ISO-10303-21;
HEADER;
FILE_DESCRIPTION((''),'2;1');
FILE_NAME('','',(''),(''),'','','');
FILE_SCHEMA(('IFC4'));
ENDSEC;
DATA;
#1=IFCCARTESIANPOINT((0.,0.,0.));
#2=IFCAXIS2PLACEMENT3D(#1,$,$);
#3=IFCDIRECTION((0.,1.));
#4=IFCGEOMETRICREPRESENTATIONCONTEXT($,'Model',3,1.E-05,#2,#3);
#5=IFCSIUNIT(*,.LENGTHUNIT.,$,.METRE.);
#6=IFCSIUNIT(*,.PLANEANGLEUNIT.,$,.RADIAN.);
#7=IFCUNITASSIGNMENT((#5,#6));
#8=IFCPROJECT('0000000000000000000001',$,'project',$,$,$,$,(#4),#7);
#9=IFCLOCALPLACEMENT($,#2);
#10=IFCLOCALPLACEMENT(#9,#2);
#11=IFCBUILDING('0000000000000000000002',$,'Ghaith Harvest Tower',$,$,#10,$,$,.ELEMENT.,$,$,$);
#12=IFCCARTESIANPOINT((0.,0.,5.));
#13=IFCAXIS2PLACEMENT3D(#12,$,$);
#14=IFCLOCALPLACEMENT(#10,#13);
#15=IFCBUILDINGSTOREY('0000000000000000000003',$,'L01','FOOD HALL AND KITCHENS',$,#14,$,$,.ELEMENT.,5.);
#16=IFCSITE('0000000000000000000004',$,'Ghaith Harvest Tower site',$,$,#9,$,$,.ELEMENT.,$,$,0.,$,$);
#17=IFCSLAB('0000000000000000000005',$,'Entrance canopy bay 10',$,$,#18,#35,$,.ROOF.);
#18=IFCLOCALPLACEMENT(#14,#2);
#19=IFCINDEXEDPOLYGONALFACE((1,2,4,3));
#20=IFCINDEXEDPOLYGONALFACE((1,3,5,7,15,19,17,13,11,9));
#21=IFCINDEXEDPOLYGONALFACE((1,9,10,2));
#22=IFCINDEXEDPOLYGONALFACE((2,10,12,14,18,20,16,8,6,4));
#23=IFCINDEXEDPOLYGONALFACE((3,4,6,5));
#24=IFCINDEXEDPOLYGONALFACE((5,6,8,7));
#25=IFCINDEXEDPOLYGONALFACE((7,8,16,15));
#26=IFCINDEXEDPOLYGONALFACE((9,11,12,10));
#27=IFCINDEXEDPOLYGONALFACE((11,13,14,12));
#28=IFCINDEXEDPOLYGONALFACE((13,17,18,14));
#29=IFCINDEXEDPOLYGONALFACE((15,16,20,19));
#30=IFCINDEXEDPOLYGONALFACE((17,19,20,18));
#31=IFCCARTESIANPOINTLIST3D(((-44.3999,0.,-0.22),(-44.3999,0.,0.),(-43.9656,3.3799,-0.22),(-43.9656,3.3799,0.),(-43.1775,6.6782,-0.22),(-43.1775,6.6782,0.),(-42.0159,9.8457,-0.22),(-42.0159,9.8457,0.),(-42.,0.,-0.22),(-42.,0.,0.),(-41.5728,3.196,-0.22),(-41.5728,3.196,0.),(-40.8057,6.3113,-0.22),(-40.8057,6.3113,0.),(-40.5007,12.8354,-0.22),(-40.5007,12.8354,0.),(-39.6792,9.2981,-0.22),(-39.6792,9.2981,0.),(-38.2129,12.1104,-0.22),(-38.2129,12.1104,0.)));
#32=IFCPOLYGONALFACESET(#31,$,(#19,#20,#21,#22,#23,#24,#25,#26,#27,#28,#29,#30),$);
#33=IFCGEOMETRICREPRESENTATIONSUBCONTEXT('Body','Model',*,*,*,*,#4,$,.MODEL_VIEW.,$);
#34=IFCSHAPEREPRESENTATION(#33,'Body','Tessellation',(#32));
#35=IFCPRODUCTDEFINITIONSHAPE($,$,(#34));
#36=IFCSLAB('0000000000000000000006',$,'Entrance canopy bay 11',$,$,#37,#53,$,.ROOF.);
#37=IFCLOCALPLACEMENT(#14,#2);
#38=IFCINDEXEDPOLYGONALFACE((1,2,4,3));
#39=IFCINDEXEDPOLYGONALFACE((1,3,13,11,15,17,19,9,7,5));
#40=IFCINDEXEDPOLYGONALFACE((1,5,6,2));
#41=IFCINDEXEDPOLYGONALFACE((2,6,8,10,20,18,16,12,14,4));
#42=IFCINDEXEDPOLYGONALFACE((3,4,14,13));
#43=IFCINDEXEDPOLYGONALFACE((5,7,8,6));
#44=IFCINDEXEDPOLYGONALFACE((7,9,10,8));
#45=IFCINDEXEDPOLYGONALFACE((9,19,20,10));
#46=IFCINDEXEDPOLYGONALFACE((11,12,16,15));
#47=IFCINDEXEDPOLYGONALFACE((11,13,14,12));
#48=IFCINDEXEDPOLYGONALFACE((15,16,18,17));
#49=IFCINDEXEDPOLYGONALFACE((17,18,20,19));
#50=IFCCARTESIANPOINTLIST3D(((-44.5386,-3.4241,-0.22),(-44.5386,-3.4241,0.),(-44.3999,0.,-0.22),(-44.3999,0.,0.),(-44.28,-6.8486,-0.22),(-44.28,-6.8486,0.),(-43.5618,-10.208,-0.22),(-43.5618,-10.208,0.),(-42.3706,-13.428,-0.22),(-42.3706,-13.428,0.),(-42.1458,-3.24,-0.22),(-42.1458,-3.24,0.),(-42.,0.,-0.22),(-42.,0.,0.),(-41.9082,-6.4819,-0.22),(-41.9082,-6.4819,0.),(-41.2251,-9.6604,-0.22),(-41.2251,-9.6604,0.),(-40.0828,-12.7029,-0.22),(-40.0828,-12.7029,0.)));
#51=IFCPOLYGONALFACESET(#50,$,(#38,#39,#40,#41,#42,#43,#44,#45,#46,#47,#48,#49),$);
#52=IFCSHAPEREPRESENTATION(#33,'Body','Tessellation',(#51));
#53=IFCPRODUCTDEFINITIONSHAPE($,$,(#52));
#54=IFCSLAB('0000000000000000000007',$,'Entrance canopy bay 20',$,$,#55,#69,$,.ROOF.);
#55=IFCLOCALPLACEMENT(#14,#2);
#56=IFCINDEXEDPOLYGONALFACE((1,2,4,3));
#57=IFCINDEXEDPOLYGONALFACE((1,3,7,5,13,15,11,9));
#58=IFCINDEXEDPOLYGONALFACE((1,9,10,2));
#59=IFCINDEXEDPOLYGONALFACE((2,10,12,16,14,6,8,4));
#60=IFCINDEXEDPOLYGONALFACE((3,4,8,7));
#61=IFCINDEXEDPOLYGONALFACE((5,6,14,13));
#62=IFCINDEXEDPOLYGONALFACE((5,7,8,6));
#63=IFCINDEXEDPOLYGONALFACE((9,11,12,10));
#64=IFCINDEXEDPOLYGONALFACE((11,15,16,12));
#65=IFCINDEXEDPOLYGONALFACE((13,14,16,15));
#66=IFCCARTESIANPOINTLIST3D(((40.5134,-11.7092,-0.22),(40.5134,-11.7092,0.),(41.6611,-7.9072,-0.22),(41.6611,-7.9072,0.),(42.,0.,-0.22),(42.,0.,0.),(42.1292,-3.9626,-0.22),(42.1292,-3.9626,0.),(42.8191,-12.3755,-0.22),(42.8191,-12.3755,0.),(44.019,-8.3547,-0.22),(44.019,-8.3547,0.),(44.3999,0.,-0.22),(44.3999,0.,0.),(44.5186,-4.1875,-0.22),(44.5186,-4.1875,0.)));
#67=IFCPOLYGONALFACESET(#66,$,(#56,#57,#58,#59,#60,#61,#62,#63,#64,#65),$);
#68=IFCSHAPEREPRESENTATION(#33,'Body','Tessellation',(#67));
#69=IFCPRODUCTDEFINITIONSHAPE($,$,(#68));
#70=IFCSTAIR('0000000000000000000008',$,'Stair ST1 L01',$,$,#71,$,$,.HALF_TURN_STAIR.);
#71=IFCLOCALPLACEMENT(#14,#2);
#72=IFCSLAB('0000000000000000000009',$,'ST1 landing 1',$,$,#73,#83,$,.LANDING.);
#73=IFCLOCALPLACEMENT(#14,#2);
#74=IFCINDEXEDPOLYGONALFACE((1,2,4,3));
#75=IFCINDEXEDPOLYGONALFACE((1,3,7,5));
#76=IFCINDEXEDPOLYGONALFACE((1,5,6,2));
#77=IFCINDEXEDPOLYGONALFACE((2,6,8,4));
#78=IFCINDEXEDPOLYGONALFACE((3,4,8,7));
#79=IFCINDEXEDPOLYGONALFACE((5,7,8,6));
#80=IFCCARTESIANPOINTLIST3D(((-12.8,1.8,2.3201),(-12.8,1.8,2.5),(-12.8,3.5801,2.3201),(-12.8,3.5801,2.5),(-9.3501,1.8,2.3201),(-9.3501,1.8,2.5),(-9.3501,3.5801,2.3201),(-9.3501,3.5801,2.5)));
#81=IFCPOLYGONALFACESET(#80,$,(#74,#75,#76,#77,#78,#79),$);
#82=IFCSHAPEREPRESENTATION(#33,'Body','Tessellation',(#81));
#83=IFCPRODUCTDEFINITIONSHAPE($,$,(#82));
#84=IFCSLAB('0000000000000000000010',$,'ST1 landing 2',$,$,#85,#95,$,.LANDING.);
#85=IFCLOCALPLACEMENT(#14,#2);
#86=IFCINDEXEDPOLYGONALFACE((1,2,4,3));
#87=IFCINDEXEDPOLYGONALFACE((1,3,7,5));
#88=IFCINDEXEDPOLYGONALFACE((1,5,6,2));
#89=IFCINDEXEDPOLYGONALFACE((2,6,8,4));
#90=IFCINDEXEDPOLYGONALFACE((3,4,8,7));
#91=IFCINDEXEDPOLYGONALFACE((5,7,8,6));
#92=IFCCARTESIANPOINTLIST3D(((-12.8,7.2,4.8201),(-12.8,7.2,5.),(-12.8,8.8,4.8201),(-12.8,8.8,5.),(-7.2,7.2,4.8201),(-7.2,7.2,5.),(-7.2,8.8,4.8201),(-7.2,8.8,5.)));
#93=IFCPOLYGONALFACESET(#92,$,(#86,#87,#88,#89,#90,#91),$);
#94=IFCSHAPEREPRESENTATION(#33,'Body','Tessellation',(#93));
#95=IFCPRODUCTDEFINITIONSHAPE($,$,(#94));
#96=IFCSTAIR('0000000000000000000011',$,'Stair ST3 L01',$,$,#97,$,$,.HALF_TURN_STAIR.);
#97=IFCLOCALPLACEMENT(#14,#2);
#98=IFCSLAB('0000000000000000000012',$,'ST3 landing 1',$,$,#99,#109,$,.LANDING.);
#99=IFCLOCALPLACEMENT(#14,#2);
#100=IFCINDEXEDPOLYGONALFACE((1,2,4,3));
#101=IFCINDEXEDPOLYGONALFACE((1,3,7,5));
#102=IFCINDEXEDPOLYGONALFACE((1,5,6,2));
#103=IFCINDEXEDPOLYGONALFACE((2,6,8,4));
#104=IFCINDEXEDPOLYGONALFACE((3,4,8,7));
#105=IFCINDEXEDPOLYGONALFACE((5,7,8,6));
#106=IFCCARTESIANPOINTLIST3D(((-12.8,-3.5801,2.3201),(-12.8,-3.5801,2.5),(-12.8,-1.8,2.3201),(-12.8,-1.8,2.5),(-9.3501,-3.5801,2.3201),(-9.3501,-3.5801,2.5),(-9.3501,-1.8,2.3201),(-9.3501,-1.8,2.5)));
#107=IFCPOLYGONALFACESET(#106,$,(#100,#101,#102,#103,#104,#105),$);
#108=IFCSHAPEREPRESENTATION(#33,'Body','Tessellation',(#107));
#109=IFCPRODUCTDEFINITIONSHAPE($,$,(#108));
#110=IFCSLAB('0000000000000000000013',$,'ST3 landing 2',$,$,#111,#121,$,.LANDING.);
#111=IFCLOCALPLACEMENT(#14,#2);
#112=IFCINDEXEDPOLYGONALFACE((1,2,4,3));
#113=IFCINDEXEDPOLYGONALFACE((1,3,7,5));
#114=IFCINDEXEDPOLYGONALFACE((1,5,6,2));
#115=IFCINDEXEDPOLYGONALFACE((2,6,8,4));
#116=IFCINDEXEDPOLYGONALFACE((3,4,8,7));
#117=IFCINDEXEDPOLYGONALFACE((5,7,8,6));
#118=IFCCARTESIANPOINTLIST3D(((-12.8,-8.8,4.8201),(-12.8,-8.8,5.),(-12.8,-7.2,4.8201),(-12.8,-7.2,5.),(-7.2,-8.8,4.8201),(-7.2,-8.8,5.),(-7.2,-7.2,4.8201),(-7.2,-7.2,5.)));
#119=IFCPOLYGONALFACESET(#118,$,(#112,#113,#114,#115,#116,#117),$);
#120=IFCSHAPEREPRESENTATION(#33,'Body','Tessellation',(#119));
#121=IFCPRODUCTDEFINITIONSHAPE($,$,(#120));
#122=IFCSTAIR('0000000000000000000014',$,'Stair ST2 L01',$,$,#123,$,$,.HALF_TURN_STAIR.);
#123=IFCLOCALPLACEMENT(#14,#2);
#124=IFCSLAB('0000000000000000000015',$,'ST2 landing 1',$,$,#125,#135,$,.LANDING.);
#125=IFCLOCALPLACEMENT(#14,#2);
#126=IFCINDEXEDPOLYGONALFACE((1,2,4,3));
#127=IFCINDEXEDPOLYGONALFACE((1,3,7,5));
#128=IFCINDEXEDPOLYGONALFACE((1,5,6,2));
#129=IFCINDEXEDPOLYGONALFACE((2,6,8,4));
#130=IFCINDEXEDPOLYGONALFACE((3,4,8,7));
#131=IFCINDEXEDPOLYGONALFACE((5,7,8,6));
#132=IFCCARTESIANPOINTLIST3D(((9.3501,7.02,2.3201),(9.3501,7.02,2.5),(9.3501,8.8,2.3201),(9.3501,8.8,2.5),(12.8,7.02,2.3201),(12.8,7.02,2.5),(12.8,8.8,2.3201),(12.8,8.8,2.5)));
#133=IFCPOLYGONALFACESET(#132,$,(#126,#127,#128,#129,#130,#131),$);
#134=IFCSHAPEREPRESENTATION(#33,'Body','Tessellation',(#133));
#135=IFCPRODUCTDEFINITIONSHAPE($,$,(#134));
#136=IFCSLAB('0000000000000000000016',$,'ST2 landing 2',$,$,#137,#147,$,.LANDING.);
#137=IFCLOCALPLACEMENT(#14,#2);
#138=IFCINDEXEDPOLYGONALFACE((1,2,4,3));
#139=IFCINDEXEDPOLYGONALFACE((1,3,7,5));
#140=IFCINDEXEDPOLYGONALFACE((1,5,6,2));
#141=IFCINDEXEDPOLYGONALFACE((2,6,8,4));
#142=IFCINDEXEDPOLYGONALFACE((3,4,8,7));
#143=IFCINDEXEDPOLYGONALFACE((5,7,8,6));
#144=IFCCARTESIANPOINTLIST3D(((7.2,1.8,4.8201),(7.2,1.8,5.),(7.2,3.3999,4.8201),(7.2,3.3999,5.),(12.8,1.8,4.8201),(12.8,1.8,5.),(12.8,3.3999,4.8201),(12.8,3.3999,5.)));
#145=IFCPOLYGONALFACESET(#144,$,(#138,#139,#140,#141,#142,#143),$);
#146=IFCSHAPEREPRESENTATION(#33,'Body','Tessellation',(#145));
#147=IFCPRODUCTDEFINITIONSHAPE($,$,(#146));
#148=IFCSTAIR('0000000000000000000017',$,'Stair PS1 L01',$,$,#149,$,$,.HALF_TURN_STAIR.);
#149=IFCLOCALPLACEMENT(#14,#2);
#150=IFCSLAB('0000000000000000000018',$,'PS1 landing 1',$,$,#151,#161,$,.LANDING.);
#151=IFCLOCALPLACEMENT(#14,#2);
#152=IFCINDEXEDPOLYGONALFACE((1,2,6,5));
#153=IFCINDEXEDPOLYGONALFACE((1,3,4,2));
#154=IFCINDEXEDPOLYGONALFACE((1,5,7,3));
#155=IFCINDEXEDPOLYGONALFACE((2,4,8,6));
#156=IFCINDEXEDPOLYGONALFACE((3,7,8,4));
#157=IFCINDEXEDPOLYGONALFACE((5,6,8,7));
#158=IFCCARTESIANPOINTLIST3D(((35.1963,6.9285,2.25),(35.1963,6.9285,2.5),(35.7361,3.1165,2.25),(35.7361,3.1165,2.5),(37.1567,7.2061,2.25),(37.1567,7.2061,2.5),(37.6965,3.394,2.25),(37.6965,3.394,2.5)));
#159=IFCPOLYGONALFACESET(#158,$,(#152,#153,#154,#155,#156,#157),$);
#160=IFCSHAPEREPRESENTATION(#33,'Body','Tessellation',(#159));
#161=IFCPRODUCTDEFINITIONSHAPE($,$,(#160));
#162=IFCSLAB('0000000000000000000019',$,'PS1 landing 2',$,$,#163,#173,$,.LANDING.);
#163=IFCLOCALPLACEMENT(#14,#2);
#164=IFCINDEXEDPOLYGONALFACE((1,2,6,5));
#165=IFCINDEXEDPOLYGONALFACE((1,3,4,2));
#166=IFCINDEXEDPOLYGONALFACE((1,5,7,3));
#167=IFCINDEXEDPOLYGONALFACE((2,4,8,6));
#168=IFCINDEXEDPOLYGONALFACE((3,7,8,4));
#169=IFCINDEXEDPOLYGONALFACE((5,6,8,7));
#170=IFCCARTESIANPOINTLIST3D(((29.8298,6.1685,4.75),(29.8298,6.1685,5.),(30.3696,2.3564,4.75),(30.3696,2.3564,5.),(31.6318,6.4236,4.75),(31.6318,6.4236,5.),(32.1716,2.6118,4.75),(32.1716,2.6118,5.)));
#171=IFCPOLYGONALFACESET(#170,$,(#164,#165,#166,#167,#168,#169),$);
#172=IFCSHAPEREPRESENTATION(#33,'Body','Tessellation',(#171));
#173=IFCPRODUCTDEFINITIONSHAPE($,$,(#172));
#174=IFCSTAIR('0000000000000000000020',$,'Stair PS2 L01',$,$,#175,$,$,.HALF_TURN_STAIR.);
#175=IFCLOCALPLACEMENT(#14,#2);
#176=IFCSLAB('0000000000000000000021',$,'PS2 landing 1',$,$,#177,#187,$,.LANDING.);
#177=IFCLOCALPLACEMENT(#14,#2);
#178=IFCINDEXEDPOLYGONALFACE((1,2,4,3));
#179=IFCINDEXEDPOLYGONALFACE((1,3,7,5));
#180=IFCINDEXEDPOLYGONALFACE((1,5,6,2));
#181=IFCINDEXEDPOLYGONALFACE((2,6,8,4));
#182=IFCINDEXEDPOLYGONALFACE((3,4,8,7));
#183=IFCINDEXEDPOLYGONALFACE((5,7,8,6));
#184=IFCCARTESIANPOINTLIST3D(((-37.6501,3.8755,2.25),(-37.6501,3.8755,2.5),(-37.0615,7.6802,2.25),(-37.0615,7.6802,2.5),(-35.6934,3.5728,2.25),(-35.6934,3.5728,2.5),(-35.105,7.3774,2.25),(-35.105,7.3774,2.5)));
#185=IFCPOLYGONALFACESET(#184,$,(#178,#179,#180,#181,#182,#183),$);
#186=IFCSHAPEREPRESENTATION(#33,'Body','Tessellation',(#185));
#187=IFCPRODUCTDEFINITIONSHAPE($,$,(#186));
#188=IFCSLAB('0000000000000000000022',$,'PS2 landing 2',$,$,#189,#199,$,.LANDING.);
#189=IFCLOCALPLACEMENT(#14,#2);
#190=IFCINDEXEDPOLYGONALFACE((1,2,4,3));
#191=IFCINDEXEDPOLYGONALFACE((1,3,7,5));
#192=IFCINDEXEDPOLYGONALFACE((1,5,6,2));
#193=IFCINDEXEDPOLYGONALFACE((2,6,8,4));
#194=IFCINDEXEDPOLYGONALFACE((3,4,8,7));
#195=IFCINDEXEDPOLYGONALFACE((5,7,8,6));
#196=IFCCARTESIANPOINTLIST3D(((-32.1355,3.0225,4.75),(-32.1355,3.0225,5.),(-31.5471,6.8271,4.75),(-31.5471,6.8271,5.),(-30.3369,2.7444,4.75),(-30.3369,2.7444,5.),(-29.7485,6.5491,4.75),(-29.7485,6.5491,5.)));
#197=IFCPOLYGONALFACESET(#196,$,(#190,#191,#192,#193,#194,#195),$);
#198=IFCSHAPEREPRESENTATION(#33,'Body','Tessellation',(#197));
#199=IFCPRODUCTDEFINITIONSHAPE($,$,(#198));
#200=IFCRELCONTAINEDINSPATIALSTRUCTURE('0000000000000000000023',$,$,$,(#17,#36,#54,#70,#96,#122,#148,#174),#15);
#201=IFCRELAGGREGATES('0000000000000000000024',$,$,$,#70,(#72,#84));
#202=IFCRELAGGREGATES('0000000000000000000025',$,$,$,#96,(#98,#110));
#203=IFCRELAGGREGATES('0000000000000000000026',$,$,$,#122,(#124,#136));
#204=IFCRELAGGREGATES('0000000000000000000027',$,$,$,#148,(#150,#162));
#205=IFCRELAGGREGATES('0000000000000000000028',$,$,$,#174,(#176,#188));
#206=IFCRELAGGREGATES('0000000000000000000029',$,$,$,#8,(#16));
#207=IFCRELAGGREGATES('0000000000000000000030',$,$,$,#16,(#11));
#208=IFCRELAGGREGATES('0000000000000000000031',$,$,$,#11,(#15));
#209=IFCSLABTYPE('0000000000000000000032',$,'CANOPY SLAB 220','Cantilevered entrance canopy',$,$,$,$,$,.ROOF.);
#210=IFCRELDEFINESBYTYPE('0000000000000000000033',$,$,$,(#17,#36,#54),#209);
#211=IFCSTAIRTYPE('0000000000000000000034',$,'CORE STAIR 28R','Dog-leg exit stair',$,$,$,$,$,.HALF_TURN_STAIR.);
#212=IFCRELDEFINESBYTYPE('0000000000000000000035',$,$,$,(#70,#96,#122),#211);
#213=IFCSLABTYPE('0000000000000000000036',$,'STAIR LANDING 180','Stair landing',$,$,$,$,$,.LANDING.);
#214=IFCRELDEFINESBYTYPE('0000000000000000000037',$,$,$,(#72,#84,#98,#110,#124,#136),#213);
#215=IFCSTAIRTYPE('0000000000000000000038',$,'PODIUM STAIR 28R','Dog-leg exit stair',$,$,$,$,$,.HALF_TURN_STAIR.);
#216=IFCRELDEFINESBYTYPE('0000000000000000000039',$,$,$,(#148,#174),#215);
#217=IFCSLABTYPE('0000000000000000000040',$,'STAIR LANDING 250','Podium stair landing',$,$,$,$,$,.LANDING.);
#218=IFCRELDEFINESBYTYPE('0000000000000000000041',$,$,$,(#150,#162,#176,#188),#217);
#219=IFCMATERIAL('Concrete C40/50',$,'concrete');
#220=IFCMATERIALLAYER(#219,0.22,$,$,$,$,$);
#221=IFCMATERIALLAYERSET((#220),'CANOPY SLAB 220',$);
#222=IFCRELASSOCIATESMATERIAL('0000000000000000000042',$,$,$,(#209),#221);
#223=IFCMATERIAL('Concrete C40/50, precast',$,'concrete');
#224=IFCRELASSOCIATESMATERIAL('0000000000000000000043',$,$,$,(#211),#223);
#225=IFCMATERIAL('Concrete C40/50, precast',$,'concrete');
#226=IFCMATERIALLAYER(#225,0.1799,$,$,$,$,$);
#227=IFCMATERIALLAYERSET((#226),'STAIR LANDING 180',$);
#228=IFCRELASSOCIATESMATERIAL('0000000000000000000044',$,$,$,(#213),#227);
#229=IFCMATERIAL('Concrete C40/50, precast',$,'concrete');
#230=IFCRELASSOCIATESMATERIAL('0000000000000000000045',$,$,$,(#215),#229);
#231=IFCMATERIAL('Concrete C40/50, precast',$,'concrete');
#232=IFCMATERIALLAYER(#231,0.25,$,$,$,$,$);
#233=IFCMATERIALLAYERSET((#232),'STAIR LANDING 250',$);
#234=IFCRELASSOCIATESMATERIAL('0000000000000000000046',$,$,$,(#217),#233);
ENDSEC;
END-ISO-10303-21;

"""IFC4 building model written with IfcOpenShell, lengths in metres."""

from ifc_helpers import new_model, si_unit, direction, frame, origin, place, context, subcontext, project, spatial, polyline, outline, extrude, material, layer, layer_set, type_object, element, aggregate, save


model = new_model("IFC4")

# Units and contexts
model_context = context("Model", 3, precision=1e-05, world=origin(), true_north=direction((0.0, 1.0)))
body_context = subcontext(model_context, "Body", "Model", "MODEL_VIEW")
ifc_project = project(units=[si_unit("LENGTHUNIT", "METRE"), si_unit("PLANEANGLEUNIT", "RADIAN")], contexts=[model_context])

# Site, building, storey
site_placement = place(None, origin())
site = spatial("IfcSite", under=ifc_project, at=site_placement, Name="Ghaith Harvest Tower site", CompositionType="ELEMENT", RefElevation=0.0)
building_placement = place(site_placement, origin())
building = spatial("IfcBuilding", under=site, at=building_placement, Name="Ghaith Harvest Tower", CompositionType="ELEMENT")
storey_placement = place(building_placement, frame((0.0, 0.0, 5.0)))
storey = spatial("IfcBuildingStorey", under=building, at=storey_placement, Name="L01", Description="FOOD HALL AND KITCHENS", CompositionType="ELEMENT", Elevation=5.0)

# Slabs
ifc_material_1 = material(Name="Concrete C40/50", Category="concrete")
ifc_layer_1 = layer(ifc_material_1, 0.22)
ifc_layer_set_1 = layer_set([ifc_layer_1], Name="CANOPY SLAB 220")
slab_type_1 = type_object("IfcSlabType", Name="CANOPY SLAB 220", Description="Cantilevered entrance canopy", PredefinedType="ROOF", material=ifc_layer_set_1)
slab_1_placement = place(storey_placement, frame((0.0, 0.0, -0.22)))
element("IfcSlab", 1, at=slab_1_placement, inside=storey, type_object=slab_type_1, Name="Entrance canopy bay 10", PredefinedType="ROOF", context=body_context, shape_type="SweptSolid", body=[
    extrude(outline(polyline([(-38.2129, 12.1104), (-39.6792, 9.2981), (-40.8057, 6.3113), (-41.5728, 3.196), (-42.0, 0.0), (-44.3999, 0.0), (-43.9656, 3.3799), (-43.1775, 6.6782), (-42.0159, 9.8457), (-40.5007, 12.8354), (-38.2129, 12.1104)])), origin(), (0.0, 0.0, 1.0), 0.22),
])
slab_2_placement = place(storey_placement, frame((0.0, 0.0, -0.22)))
element("IfcSlab", 2, at=slab_2_placement, inside=storey, type_object=slab_type_1, Name="Entrance canopy bay 11", PredefinedType="ROOF", context=body_context, shape_type="SweptSolid", body=[
    extrude(outline(polyline([(-42.0, 0.0), (-42.1458, -3.24), (-41.9082, -6.4819), (-41.2251, -9.6604), (-40.0828, -12.7029), (-42.3706, -13.428), (-43.5618, -10.208), (-44.28, -6.8486), (-44.5386, -3.4241), (-44.3999, 0.0), (-42.0, 0.0)])), origin(), (0.0, 0.0, 1.0), 0.22),
])
slab_3_placement = place(storey_placement, frame((0.0, 0.0, -0.22)))
element("IfcSlab", 3, at=slab_3_placement, inside=storey, type_object=slab_type_1, Name="Entrance canopy bay 20", PredefinedType="ROOF", context=body_context, shape_type="SweptSolid", body=[
    extrude(outline(polyline([(40.5134, -11.7092), (41.6611, -7.9072), (42.1292, -3.9626), (42.0, 0.0), (44.3999, 0.0), (44.5186, -4.1875), (44.019, -8.3547), (42.8191, -12.3755), (40.5134, -11.7092)])), origin(), (0.0, 0.0, 1.0), 0.22),
])

# Stairs, slabs
ifc_material_2 = material(Name="Concrete C40/50, precast", Category="concrete")
stair_type_1 = type_object("IfcStairType", Name="CORE STAIR 28R", Description="Dog-leg exit stair", PredefinedType="HALF_TURN_STAIR", material=ifc_material_2)
stair_1_placement = place(storey_placement, origin())
stair_1 = element("IfcStair", 4, at=stair_1_placement, inside=storey, type_object=stair_type_1, Name="Stair ST1 L01", PredefinedType="HALF_TURN_STAIR")
ifc_material_3 = material(Name="Concrete C40/50, precast", Category="concrete")
ifc_layer_2 = layer(ifc_material_3, 0.1799)
ifc_layer_set_2 = layer_set([ifc_layer_2], Name="STAIR LANDING 180")
slab_type_2 = type_object("IfcSlabType", Name="STAIR LANDING 180", Description="Stair landing", PredefinedType="LANDING", material=ifc_layer_set_2)
slab_4_placement = place(storey_placement, frame((0.0, 0.0, 2.3201)))
slab_4 = element("IfcSlab", 5, at=slab_4_placement, type_object=slab_type_2, Name="ST1 landing 1", PredefinedType="LANDING", context=body_context, shape_type="SweptSolid", body=[
    extrude(outline(polyline([(-12.8, 3.5801), (-12.8, 1.8), (-9.3501, 1.8), (-9.3501, 3.5801), (-12.8, 3.5801)])), origin(), (0.0, 0.0, 1.0), 0.1799),
])
slab_5_placement = place(storey_placement, frame((0.0, 0.0, 4.8201)))
slab_5 = element("IfcSlab", 6, at=slab_5_placement, type_object=slab_type_2, Name="ST1 landing 2", PredefinedType="LANDING", context=body_context, shape_type="SweptSolid", body=[
    extrude(outline(polyline([(-12.8, 8.8), (-12.8, 7.2), (-7.2, 7.2), (-7.2, 8.8), (-12.8, 8.8)])), origin(), (0.0, 0.0, 1.0), 0.1799),
])
aggregate(stair_1, [slab_4, slab_5])
stair_2_placement = place(storey_placement, origin())
stair_2 = element("IfcStair", 7, at=stair_2_placement, inside=storey, type_object=stair_type_1, Name="Stair ST3 L01", PredefinedType="HALF_TURN_STAIR")
slab_6_placement = place(storey_placement, frame((0.0, 0.0, 2.3201)))
slab_6 = element("IfcSlab", 8, at=slab_6_placement, type_object=slab_type_2, Name="ST3 landing 1", PredefinedType="LANDING", context=body_context, shape_type="SweptSolid", body=[
    extrude(outline(polyline([(-12.8, -3.5801), (-12.8, -1.8), (-9.3501, -1.8), (-9.3501, -3.5801), (-12.8, -3.5801)])), origin(), (0.0, 0.0, 1.0), 0.1799),
])
slab_7_placement = place(storey_placement, frame((0.0, 0.0, 4.8201)))
slab_7 = element("IfcSlab", 9, at=slab_7_placement, type_object=slab_type_2, Name="ST3 landing 2", PredefinedType="LANDING", context=body_context, shape_type="SweptSolid", body=[
    extrude(outline(polyline([(-12.8, -8.8), (-12.8, -7.2), (-7.2, -7.2), (-7.2, -8.8), (-12.8, -8.8)])), origin(), (0.0, 0.0, 1.0), 0.1799),
])
aggregate(stair_2, [slab_6, slab_7])
stair_3_placement = place(storey_placement, origin())
stair_3 = element("IfcStair", 10, at=stair_3_placement, inside=storey, type_object=stair_type_1, Name="Stair ST2 L01", PredefinedType="HALF_TURN_STAIR")
slab_8_placement = place(storey_placement, frame((0.0, 0.0, 2.3201)))
slab_8 = element("IfcSlab", 11, at=slab_8_placement, type_object=slab_type_2, Name="ST2 landing 1", PredefinedType="LANDING", context=body_context, shape_type="SweptSolid", body=[
    extrude(outline(polyline([(12.8, 7.02), (12.8, 8.8), (9.3501, 8.8), (9.3501, 7.02), (12.8, 7.02)])), origin(), (0.0, 0.0, 1.0), 0.1799),
])
slab_9_placement = place(storey_placement, frame((0.0, 0.0, 4.8201)))
slab_9 = element("IfcSlab", 12, at=slab_9_placement, type_object=slab_type_2, Name="ST2 landing 2", PredefinedType="LANDING", context=body_context, shape_type="SweptSolid", body=[
    extrude(outline(polyline([(12.8, 1.8), (12.8, 3.3999), (7.2, 3.3999), (7.2, 1.8), (12.8, 1.8)])), origin(), (0.0, 0.0, 1.0), 0.1799),
])
aggregate(stair_3, [slab_8, slab_9])
ifc_material_4 = material(Name="Concrete C40/50, precast", Category="concrete")
stair_type_2 = type_object("IfcStairType", Name="PODIUM STAIR 28R", Description="Dog-leg exit stair", PredefinedType="HALF_TURN_STAIR", material=ifc_material_4)
stair_4_placement = place(storey_placement, origin())
stair_4 = element("IfcStair", 13, at=stair_4_placement, inside=storey, type_object=stair_type_2, Name="Stair PS1 L01", PredefinedType="HALF_TURN_STAIR")
ifc_material_5 = material(Name="Concrete C40/50, precast", Category="concrete")
ifc_layer_3 = layer(ifc_material_5, 0.25)
ifc_layer_set_3 = layer_set([ifc_layer_3], Name="STAIR LANDING 250")
slab_type_3 = type_object("IfcSlabType", Name="STAIR LANDING 250", Description="Podium stair landing", PredefinedType="LANDING", material=ifc_layer_set_3)
slab_10_placement = place(storey_placement, frame((0.0, 0.0, 2.25)))
slab_10 = element("IfcSlab", 14, at=slab_10_placement, type_object=slab_type_3, Name="PS1 landing 1", PredefinedType="LANDING", context=body_context, shape_type="SweptSolid", body=[
    extrude(outline(polyline([(35.7361, 3.1165), (37.6965, 3.394), (37.1567, 7.2061), (35.1963, 6.9285), (35.7361, 3.1165)])), origin(), (0.0, 0.0, 1.0), 0.25),
])
slab_11_placement = place(storey_placement, frame((0.0, 0.0, 4.75)))
slab_11 = element("IfcSlab", 15, at=slab_11_placement, type_object=slab_type_3, Name="PS1 landing 2", PredefinedType="LANDING", context=body_context, shape_type="SweptSolid", body=[
    extrude(outline(polyline([(30.3696, 2.3564), (32.1716, 2.6118), (31.6318, 6.4236), (29.8298, 6.1685), (30.3696, 2.3564)])), origin(), (0.0, 0.0, 1.0), 0.25),
])
aggregate(stair_4, [slab_10, slab_11])
stair_5_placement = place(storey_placement, origin())
stair_5 = element("IfcStair", 16, at=stair_5_placement, inside=storey, type_object=stair_type_2, Name="Stair PS2 L01", PredefinedType="HALF_TURN_STAIR")
slab_12_placement = place(storey_placement, frame((0.0, 0.0, 2.25)))
slab_12 = element("IfcSlab", 17, at=slab_12_placement, type_object=slab_type_3, Name="PS2 landing 1", PredefinedType="LANDING", context=body_context, shape_type="SweptSolid", body=[
    extrude(outline(polyline([(-35.105, 7.3774), (-37.0615, 7.6802), (-37.6501, 3.8755), (-35.6934, 3.5728), (-35.105, 7.3774)])), origin(), (0.0, 0.0, 1.0), 0.25),
])
slab_13_placement = place(storey_placement, frame((0.0, 0.0, 4.75)))
slab_13 = element("IfcSlab", 18, at=slab_13_placement, type_object=slab_type_3, Name="PS2 landing 2", PredefinedType="LANDING", context=body_context, shape_type="SweptSolid", body=[
    extrude(outline(polyline([(-29.7485, 6.5491), (-31.5471, 6.8271), (-32.1355, 3.0225), (-30.3369, 2.7444), (-29.7485, 6.5491)])), origin(), (0.0, 0.0, 1.0), 0.25),
])
aggregate(stair_5, [slab_12, slab_13])

save(model, "model.ifc")
